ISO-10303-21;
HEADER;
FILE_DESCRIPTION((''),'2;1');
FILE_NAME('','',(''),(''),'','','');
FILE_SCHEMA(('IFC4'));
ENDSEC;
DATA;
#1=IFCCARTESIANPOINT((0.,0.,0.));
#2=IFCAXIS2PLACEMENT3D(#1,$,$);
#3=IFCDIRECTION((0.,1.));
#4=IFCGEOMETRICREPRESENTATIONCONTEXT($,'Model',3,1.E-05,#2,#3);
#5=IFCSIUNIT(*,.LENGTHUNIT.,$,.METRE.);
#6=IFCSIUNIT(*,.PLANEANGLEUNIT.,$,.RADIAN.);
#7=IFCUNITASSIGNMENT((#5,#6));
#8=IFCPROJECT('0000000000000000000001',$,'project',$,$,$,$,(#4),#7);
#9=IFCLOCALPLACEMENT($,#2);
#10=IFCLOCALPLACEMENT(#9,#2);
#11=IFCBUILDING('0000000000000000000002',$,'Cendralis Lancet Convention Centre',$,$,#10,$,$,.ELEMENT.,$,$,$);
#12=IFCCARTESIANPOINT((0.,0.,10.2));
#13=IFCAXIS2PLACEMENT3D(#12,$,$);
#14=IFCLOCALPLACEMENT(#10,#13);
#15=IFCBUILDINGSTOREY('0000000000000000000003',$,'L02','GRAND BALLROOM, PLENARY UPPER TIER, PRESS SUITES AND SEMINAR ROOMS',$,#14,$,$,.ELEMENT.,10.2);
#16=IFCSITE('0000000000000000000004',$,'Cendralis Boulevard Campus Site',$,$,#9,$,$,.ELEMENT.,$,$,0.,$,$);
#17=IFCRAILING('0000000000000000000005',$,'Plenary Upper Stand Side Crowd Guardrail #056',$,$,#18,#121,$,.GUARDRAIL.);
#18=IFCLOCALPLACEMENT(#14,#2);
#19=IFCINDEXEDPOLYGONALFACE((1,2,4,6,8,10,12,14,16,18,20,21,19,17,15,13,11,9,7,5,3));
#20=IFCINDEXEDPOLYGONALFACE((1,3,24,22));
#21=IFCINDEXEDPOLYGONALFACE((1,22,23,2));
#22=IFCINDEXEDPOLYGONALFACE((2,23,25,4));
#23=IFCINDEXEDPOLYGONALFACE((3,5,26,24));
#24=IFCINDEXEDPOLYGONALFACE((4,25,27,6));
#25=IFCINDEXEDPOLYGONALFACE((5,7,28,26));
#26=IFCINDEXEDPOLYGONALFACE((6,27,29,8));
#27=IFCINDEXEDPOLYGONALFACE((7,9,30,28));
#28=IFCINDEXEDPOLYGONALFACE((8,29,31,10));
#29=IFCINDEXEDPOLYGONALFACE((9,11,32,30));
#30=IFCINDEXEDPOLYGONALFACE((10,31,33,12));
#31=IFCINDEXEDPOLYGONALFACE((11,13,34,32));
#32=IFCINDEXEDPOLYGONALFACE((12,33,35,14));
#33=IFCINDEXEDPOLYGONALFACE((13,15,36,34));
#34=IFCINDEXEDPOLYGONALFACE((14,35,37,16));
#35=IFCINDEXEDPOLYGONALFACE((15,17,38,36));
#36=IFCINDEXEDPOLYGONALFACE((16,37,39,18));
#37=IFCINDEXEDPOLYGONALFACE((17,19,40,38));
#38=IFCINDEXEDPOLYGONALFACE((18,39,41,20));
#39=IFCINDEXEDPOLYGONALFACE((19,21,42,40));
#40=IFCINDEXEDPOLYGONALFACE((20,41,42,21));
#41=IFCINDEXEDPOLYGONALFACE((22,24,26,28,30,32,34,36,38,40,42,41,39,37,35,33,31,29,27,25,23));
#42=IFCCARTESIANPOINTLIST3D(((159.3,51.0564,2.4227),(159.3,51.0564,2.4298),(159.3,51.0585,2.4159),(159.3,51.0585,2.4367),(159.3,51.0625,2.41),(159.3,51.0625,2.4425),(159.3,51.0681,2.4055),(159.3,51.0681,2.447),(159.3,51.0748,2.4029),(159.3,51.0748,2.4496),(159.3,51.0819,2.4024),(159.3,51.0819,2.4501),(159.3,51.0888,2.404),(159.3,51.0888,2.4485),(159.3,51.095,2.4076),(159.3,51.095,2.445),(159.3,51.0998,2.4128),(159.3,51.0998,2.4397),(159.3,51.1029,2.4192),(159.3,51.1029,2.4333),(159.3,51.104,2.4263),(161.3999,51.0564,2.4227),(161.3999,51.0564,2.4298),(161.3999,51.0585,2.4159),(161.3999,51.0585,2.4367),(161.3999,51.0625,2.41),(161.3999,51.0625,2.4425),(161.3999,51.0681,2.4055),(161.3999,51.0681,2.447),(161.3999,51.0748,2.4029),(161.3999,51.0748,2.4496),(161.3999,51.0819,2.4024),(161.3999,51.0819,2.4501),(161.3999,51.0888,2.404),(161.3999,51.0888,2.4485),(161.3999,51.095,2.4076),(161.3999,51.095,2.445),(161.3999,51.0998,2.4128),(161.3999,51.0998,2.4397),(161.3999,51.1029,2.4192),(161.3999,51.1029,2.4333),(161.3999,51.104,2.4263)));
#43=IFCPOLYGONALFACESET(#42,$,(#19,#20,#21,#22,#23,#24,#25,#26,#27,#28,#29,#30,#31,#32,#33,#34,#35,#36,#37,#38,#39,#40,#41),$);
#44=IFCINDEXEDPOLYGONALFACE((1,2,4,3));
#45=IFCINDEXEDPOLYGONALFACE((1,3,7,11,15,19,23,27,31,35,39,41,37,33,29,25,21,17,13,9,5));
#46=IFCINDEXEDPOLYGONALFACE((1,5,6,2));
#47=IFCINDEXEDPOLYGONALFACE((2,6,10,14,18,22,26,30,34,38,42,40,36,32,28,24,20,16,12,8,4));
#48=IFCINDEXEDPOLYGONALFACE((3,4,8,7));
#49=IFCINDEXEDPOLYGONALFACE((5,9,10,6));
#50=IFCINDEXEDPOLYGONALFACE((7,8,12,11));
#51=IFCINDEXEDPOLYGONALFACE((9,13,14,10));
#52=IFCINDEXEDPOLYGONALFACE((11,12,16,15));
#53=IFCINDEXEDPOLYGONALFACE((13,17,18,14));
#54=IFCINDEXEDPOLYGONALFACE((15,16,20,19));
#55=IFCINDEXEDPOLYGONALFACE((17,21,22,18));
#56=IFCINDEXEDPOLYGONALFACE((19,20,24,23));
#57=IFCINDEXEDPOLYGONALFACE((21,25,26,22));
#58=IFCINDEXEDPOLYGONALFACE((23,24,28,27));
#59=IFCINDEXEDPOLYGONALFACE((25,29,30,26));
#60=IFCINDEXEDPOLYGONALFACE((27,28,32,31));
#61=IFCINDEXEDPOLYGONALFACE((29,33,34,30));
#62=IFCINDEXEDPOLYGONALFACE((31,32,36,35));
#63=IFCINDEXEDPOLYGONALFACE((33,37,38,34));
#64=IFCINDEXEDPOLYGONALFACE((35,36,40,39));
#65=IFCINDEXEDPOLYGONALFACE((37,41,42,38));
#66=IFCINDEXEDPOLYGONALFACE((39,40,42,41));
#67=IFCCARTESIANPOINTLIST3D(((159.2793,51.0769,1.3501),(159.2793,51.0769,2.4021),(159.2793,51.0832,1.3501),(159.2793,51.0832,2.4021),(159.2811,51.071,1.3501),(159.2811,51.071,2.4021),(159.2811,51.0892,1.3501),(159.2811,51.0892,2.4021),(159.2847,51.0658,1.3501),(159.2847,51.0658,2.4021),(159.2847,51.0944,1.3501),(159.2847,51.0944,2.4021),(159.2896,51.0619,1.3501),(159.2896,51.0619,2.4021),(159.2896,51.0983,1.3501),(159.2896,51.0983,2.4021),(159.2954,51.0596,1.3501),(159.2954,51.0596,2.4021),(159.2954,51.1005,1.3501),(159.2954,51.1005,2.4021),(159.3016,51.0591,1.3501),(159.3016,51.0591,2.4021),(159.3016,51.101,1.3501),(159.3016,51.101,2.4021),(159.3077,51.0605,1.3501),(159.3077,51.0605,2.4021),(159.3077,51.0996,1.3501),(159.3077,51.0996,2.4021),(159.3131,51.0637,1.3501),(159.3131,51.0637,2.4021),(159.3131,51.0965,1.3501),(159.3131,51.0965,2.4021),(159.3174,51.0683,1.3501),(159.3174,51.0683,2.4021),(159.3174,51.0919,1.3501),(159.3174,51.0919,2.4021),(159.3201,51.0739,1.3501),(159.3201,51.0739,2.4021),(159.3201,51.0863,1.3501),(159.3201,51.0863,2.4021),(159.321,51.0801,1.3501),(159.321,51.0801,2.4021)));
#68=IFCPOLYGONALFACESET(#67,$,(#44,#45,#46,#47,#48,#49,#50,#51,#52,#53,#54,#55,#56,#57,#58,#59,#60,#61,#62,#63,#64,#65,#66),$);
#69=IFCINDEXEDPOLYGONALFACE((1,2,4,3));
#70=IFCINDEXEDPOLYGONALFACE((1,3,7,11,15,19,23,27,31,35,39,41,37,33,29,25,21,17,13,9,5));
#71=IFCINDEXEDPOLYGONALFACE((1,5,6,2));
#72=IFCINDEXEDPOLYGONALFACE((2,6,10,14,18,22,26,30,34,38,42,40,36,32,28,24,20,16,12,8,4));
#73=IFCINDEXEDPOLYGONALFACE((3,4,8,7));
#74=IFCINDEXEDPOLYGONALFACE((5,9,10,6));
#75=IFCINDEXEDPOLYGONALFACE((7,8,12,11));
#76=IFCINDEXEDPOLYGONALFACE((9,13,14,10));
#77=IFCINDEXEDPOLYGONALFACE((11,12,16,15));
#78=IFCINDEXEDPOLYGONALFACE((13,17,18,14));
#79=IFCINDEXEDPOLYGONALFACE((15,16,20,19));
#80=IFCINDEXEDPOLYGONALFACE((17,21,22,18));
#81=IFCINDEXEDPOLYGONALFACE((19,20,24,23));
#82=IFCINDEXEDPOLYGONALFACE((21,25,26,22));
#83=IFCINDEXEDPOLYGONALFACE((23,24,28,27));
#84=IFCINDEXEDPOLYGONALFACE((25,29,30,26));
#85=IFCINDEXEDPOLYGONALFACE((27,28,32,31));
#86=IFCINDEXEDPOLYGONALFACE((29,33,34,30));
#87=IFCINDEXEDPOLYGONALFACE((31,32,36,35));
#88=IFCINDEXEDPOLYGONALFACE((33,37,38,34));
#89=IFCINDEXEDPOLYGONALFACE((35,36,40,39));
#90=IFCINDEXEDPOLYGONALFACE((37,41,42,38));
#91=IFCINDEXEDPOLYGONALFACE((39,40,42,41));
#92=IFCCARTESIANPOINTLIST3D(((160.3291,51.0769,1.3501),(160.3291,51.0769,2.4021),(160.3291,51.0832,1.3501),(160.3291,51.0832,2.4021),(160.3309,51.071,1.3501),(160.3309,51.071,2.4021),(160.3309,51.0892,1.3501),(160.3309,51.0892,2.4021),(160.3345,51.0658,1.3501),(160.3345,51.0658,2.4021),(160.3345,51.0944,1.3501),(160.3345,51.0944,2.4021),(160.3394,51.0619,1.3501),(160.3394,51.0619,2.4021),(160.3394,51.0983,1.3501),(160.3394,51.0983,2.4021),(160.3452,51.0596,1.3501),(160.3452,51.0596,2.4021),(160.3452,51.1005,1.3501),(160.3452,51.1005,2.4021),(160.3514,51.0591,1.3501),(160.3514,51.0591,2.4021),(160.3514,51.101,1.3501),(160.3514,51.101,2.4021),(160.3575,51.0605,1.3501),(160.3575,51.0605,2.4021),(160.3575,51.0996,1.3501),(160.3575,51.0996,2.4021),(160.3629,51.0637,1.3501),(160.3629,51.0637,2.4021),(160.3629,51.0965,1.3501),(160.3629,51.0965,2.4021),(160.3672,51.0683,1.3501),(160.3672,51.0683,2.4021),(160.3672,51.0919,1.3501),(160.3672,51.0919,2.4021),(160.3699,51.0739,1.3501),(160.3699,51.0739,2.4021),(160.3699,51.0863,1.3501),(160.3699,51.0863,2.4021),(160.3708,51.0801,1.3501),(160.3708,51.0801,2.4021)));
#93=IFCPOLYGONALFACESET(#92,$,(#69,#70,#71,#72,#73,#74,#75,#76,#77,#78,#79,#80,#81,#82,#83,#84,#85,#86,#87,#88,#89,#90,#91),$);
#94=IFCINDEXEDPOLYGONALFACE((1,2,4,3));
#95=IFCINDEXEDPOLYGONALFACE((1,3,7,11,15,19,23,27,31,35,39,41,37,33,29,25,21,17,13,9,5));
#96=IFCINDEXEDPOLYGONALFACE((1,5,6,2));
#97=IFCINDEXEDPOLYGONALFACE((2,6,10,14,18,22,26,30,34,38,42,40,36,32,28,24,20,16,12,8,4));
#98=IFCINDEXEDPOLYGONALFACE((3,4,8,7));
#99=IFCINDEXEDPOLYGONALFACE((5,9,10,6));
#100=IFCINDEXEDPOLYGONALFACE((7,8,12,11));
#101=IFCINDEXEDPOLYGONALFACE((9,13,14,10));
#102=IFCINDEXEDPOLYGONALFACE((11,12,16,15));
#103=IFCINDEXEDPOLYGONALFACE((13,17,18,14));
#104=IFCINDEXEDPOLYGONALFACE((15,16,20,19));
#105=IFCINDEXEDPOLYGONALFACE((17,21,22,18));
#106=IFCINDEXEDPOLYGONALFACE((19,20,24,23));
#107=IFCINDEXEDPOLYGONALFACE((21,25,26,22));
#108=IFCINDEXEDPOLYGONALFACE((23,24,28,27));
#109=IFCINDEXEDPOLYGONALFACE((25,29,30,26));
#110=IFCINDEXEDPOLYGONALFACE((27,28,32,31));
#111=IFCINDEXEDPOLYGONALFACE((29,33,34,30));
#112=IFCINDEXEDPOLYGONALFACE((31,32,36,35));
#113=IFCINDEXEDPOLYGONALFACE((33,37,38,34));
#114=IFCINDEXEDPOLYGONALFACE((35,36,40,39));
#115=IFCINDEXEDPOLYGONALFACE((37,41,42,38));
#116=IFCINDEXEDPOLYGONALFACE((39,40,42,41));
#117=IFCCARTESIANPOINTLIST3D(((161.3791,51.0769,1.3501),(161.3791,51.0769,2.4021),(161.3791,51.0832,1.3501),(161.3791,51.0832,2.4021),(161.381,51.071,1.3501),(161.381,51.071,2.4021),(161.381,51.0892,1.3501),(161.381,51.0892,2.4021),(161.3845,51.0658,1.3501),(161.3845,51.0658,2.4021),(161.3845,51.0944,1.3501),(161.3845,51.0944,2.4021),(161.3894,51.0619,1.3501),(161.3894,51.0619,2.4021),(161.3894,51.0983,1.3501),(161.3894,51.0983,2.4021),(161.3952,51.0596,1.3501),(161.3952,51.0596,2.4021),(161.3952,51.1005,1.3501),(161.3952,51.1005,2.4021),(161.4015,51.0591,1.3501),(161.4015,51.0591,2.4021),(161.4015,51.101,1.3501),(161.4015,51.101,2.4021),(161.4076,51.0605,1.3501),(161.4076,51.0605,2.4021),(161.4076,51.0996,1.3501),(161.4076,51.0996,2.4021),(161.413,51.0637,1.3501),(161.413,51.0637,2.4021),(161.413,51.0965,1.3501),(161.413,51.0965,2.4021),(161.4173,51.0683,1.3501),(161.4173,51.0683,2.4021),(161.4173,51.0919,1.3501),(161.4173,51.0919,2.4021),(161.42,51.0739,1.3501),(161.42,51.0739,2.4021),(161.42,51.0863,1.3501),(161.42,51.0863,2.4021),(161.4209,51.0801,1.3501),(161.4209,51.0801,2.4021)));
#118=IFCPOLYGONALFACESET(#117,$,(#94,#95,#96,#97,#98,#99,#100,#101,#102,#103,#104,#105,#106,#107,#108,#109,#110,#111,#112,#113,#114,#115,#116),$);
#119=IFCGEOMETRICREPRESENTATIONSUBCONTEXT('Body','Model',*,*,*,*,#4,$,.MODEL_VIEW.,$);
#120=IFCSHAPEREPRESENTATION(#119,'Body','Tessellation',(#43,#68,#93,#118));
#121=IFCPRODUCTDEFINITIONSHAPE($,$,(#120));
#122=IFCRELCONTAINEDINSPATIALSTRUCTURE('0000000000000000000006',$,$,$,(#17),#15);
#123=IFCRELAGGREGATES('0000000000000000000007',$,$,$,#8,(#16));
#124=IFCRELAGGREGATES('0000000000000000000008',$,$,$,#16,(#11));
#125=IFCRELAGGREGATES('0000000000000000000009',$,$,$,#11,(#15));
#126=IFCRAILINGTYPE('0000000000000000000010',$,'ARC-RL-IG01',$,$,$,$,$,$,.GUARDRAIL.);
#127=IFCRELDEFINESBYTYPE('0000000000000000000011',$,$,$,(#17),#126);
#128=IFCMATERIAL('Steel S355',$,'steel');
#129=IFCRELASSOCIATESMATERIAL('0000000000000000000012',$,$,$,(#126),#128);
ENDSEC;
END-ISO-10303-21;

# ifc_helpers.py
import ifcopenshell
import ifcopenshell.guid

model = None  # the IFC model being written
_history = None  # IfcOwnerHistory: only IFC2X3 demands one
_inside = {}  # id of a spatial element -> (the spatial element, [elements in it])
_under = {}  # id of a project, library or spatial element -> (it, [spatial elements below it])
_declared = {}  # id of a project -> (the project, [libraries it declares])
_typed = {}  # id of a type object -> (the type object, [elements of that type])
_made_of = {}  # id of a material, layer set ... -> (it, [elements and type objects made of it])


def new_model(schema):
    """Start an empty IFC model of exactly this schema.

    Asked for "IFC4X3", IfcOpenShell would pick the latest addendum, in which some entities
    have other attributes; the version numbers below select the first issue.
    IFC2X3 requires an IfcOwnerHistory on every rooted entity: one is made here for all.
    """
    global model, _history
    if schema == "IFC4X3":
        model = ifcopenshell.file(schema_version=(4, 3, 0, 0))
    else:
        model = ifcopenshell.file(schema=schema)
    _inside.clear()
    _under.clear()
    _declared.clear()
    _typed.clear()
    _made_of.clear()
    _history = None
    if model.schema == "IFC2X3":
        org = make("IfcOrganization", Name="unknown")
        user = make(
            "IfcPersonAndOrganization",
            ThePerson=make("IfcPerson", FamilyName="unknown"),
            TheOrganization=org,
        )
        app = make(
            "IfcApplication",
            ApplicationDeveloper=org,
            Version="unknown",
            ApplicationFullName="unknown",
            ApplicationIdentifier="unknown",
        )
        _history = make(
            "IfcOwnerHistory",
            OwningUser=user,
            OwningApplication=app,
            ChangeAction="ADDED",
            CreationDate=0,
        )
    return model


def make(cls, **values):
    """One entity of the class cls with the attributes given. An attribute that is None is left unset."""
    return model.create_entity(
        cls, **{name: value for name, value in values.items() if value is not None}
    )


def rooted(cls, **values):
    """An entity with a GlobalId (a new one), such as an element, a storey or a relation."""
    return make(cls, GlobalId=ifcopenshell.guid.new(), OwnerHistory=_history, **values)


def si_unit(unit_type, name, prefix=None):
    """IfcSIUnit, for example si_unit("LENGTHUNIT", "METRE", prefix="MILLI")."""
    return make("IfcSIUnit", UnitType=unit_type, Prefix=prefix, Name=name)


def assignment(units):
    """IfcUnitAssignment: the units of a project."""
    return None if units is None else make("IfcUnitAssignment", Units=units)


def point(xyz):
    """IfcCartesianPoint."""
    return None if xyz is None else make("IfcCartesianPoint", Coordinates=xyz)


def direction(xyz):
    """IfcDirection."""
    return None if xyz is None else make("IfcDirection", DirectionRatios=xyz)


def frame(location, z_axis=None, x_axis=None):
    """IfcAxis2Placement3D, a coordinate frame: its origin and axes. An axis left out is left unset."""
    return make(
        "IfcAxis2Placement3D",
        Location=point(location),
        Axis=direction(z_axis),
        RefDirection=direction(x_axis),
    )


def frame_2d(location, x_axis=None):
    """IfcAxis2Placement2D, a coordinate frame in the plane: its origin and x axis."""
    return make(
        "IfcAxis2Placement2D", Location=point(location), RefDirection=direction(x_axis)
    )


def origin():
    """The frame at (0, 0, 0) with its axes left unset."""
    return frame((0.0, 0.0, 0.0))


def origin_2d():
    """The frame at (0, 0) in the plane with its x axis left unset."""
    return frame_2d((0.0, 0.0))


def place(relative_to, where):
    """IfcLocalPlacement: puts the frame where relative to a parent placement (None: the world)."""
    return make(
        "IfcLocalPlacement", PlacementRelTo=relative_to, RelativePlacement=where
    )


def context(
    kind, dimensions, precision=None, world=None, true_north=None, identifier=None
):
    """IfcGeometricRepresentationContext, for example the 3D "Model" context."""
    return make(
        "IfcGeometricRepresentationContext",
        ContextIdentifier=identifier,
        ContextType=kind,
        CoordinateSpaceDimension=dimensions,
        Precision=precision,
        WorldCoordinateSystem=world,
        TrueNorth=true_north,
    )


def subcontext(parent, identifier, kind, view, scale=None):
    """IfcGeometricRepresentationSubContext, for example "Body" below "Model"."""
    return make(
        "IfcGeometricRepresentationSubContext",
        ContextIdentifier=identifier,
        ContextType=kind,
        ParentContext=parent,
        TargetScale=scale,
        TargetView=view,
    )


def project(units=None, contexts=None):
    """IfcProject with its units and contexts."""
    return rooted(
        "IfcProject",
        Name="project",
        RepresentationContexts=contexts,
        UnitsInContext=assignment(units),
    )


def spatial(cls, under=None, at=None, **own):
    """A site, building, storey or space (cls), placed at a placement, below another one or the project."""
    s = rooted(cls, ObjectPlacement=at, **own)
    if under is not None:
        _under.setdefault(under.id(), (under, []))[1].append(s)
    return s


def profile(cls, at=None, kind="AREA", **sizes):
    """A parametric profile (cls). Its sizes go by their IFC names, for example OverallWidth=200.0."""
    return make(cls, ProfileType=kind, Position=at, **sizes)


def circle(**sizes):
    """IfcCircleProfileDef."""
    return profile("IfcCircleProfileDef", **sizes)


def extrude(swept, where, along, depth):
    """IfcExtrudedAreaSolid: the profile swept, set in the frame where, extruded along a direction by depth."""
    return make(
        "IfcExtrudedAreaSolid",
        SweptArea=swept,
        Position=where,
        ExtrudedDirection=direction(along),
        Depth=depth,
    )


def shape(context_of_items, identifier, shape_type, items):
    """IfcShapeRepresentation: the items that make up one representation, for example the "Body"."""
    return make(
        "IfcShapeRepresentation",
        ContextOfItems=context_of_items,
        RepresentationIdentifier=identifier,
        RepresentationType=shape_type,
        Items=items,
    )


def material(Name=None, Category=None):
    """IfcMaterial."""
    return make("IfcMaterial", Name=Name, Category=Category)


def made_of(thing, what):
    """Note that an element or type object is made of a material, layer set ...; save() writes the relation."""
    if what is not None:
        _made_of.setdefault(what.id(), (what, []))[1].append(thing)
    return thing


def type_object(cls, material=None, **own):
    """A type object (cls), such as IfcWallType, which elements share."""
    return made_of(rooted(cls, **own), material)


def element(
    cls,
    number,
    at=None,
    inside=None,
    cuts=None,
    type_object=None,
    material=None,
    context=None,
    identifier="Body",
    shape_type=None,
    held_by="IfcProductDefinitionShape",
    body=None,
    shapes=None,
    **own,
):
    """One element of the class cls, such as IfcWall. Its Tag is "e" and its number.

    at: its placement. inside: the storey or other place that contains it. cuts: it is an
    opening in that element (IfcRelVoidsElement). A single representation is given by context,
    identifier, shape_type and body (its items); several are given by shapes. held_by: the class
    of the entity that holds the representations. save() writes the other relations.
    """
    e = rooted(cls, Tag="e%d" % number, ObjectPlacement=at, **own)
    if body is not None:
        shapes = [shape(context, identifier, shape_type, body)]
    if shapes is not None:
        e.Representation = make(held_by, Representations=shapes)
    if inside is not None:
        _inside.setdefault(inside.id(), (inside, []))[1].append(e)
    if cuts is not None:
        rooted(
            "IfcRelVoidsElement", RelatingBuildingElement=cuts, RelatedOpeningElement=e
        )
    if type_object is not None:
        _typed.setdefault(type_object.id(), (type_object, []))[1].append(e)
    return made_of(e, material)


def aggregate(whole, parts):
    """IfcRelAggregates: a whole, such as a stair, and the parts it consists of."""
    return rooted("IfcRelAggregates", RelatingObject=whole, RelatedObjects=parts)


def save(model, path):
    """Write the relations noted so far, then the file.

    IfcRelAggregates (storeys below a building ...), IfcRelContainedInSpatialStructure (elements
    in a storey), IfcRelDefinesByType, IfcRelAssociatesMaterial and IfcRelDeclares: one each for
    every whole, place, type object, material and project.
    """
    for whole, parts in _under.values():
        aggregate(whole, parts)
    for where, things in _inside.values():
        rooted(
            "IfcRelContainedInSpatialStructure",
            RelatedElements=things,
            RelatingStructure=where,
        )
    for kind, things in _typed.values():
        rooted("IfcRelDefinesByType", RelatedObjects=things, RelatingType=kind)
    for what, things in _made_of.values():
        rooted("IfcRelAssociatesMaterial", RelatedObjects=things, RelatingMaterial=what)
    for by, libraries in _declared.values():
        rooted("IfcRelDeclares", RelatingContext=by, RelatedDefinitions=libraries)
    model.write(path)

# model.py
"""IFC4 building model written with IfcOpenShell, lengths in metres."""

from ifc_helpers import new_model, si_unit, direction, frame, origin, origin_2d, place, context, subcontext, project, spatial, circle, extrude, material, type_object, element, save


model = new_model("IFC4")

# Units and contexts
model_context = context("Model", 3, precision=1e-05, world=origin(), true_north=direction((0.0, 1.0)))
body_context = subcontext(model_context, "Body", "Model", "MODEL_VIEW")
ifc_project = project(units=[si_unit("LENGTHUNIT", "METRE"), si_unit("PLANEANGLEUNIT", "RADIAN")], contexts=[model_context])

# Site, building, storey
site_placement = place(None, origin())
site = spatial("IfcSite", under=ifc_project, at=site_placement, Name="Cendralis Boulevard Campus Site", CompositionType="ELEMENT", RefElevation=0.0)
building_placement = place(site_placement, origin())
building = spatial("IfcBuilding", under=site, at=building_placement, Name="Cendralis Lancet Convention Centre", CompositionType="ELEMENT")
storey_placement = place(building_placement, frame((0.0, 0.0, 10.2)))
storey = spatial("IfcBuildingStorey", under=building, at=storey_placement, Name="L02", Description="GRAND BALLROOM, PLENARY UPPER TIER, PRESS SUITES AND SEMINAR ROOMS", CompositionType="ELEMENT", Elevation=10.2)

# Shared definitions
ifc_material_1 = material(Name="Steel S355", Category="steel")

# Railing
railing_type = type_object("IfcRailingType", Name="ARC-RL-IG01", PredefinedType="GUARDRAIL", material=ifc_material_1)
railing_1_placement = place(storey_placement, frame((159.3, 51.0801, 1.3501)))
element("IfcRailing", 1, at=railing_1_placement, inside=storey, type_object=railing_type, Name="Plenary Upper Stand Side Crowd Guardrail #056", PredefinedType="GUARDRAIL", context=body_context, shape_type="SweptSolid", body=[
    extrude(circle(Radius=0.0239, at=origin_2d()), frame((0.0, 0.0, 1.0762), z_axis=(1.0, 0.0, 0.0), x_axis=(0.0, 1.0, 0.0)), (0.0, 0.0, 1.0), 2.0999),
    extrude(circle(Radius=0.021, at=origin_2d()), origin(), (0.0, 0.0, 1.0), 1.052),
    extrude(circle(Radius=0.021, at=origin_2d()), frame((1.0498, 0.0, 0.0)), (0.0, 0.0, 1.0), 1.052),
    extrude(circle(Radius=0.021, at=origin_2d()), frame((2.0999, 0.0, 0.0)), (0.0, 0.0, 1.0), 1.052),
])

save(model, "model.ifc")
